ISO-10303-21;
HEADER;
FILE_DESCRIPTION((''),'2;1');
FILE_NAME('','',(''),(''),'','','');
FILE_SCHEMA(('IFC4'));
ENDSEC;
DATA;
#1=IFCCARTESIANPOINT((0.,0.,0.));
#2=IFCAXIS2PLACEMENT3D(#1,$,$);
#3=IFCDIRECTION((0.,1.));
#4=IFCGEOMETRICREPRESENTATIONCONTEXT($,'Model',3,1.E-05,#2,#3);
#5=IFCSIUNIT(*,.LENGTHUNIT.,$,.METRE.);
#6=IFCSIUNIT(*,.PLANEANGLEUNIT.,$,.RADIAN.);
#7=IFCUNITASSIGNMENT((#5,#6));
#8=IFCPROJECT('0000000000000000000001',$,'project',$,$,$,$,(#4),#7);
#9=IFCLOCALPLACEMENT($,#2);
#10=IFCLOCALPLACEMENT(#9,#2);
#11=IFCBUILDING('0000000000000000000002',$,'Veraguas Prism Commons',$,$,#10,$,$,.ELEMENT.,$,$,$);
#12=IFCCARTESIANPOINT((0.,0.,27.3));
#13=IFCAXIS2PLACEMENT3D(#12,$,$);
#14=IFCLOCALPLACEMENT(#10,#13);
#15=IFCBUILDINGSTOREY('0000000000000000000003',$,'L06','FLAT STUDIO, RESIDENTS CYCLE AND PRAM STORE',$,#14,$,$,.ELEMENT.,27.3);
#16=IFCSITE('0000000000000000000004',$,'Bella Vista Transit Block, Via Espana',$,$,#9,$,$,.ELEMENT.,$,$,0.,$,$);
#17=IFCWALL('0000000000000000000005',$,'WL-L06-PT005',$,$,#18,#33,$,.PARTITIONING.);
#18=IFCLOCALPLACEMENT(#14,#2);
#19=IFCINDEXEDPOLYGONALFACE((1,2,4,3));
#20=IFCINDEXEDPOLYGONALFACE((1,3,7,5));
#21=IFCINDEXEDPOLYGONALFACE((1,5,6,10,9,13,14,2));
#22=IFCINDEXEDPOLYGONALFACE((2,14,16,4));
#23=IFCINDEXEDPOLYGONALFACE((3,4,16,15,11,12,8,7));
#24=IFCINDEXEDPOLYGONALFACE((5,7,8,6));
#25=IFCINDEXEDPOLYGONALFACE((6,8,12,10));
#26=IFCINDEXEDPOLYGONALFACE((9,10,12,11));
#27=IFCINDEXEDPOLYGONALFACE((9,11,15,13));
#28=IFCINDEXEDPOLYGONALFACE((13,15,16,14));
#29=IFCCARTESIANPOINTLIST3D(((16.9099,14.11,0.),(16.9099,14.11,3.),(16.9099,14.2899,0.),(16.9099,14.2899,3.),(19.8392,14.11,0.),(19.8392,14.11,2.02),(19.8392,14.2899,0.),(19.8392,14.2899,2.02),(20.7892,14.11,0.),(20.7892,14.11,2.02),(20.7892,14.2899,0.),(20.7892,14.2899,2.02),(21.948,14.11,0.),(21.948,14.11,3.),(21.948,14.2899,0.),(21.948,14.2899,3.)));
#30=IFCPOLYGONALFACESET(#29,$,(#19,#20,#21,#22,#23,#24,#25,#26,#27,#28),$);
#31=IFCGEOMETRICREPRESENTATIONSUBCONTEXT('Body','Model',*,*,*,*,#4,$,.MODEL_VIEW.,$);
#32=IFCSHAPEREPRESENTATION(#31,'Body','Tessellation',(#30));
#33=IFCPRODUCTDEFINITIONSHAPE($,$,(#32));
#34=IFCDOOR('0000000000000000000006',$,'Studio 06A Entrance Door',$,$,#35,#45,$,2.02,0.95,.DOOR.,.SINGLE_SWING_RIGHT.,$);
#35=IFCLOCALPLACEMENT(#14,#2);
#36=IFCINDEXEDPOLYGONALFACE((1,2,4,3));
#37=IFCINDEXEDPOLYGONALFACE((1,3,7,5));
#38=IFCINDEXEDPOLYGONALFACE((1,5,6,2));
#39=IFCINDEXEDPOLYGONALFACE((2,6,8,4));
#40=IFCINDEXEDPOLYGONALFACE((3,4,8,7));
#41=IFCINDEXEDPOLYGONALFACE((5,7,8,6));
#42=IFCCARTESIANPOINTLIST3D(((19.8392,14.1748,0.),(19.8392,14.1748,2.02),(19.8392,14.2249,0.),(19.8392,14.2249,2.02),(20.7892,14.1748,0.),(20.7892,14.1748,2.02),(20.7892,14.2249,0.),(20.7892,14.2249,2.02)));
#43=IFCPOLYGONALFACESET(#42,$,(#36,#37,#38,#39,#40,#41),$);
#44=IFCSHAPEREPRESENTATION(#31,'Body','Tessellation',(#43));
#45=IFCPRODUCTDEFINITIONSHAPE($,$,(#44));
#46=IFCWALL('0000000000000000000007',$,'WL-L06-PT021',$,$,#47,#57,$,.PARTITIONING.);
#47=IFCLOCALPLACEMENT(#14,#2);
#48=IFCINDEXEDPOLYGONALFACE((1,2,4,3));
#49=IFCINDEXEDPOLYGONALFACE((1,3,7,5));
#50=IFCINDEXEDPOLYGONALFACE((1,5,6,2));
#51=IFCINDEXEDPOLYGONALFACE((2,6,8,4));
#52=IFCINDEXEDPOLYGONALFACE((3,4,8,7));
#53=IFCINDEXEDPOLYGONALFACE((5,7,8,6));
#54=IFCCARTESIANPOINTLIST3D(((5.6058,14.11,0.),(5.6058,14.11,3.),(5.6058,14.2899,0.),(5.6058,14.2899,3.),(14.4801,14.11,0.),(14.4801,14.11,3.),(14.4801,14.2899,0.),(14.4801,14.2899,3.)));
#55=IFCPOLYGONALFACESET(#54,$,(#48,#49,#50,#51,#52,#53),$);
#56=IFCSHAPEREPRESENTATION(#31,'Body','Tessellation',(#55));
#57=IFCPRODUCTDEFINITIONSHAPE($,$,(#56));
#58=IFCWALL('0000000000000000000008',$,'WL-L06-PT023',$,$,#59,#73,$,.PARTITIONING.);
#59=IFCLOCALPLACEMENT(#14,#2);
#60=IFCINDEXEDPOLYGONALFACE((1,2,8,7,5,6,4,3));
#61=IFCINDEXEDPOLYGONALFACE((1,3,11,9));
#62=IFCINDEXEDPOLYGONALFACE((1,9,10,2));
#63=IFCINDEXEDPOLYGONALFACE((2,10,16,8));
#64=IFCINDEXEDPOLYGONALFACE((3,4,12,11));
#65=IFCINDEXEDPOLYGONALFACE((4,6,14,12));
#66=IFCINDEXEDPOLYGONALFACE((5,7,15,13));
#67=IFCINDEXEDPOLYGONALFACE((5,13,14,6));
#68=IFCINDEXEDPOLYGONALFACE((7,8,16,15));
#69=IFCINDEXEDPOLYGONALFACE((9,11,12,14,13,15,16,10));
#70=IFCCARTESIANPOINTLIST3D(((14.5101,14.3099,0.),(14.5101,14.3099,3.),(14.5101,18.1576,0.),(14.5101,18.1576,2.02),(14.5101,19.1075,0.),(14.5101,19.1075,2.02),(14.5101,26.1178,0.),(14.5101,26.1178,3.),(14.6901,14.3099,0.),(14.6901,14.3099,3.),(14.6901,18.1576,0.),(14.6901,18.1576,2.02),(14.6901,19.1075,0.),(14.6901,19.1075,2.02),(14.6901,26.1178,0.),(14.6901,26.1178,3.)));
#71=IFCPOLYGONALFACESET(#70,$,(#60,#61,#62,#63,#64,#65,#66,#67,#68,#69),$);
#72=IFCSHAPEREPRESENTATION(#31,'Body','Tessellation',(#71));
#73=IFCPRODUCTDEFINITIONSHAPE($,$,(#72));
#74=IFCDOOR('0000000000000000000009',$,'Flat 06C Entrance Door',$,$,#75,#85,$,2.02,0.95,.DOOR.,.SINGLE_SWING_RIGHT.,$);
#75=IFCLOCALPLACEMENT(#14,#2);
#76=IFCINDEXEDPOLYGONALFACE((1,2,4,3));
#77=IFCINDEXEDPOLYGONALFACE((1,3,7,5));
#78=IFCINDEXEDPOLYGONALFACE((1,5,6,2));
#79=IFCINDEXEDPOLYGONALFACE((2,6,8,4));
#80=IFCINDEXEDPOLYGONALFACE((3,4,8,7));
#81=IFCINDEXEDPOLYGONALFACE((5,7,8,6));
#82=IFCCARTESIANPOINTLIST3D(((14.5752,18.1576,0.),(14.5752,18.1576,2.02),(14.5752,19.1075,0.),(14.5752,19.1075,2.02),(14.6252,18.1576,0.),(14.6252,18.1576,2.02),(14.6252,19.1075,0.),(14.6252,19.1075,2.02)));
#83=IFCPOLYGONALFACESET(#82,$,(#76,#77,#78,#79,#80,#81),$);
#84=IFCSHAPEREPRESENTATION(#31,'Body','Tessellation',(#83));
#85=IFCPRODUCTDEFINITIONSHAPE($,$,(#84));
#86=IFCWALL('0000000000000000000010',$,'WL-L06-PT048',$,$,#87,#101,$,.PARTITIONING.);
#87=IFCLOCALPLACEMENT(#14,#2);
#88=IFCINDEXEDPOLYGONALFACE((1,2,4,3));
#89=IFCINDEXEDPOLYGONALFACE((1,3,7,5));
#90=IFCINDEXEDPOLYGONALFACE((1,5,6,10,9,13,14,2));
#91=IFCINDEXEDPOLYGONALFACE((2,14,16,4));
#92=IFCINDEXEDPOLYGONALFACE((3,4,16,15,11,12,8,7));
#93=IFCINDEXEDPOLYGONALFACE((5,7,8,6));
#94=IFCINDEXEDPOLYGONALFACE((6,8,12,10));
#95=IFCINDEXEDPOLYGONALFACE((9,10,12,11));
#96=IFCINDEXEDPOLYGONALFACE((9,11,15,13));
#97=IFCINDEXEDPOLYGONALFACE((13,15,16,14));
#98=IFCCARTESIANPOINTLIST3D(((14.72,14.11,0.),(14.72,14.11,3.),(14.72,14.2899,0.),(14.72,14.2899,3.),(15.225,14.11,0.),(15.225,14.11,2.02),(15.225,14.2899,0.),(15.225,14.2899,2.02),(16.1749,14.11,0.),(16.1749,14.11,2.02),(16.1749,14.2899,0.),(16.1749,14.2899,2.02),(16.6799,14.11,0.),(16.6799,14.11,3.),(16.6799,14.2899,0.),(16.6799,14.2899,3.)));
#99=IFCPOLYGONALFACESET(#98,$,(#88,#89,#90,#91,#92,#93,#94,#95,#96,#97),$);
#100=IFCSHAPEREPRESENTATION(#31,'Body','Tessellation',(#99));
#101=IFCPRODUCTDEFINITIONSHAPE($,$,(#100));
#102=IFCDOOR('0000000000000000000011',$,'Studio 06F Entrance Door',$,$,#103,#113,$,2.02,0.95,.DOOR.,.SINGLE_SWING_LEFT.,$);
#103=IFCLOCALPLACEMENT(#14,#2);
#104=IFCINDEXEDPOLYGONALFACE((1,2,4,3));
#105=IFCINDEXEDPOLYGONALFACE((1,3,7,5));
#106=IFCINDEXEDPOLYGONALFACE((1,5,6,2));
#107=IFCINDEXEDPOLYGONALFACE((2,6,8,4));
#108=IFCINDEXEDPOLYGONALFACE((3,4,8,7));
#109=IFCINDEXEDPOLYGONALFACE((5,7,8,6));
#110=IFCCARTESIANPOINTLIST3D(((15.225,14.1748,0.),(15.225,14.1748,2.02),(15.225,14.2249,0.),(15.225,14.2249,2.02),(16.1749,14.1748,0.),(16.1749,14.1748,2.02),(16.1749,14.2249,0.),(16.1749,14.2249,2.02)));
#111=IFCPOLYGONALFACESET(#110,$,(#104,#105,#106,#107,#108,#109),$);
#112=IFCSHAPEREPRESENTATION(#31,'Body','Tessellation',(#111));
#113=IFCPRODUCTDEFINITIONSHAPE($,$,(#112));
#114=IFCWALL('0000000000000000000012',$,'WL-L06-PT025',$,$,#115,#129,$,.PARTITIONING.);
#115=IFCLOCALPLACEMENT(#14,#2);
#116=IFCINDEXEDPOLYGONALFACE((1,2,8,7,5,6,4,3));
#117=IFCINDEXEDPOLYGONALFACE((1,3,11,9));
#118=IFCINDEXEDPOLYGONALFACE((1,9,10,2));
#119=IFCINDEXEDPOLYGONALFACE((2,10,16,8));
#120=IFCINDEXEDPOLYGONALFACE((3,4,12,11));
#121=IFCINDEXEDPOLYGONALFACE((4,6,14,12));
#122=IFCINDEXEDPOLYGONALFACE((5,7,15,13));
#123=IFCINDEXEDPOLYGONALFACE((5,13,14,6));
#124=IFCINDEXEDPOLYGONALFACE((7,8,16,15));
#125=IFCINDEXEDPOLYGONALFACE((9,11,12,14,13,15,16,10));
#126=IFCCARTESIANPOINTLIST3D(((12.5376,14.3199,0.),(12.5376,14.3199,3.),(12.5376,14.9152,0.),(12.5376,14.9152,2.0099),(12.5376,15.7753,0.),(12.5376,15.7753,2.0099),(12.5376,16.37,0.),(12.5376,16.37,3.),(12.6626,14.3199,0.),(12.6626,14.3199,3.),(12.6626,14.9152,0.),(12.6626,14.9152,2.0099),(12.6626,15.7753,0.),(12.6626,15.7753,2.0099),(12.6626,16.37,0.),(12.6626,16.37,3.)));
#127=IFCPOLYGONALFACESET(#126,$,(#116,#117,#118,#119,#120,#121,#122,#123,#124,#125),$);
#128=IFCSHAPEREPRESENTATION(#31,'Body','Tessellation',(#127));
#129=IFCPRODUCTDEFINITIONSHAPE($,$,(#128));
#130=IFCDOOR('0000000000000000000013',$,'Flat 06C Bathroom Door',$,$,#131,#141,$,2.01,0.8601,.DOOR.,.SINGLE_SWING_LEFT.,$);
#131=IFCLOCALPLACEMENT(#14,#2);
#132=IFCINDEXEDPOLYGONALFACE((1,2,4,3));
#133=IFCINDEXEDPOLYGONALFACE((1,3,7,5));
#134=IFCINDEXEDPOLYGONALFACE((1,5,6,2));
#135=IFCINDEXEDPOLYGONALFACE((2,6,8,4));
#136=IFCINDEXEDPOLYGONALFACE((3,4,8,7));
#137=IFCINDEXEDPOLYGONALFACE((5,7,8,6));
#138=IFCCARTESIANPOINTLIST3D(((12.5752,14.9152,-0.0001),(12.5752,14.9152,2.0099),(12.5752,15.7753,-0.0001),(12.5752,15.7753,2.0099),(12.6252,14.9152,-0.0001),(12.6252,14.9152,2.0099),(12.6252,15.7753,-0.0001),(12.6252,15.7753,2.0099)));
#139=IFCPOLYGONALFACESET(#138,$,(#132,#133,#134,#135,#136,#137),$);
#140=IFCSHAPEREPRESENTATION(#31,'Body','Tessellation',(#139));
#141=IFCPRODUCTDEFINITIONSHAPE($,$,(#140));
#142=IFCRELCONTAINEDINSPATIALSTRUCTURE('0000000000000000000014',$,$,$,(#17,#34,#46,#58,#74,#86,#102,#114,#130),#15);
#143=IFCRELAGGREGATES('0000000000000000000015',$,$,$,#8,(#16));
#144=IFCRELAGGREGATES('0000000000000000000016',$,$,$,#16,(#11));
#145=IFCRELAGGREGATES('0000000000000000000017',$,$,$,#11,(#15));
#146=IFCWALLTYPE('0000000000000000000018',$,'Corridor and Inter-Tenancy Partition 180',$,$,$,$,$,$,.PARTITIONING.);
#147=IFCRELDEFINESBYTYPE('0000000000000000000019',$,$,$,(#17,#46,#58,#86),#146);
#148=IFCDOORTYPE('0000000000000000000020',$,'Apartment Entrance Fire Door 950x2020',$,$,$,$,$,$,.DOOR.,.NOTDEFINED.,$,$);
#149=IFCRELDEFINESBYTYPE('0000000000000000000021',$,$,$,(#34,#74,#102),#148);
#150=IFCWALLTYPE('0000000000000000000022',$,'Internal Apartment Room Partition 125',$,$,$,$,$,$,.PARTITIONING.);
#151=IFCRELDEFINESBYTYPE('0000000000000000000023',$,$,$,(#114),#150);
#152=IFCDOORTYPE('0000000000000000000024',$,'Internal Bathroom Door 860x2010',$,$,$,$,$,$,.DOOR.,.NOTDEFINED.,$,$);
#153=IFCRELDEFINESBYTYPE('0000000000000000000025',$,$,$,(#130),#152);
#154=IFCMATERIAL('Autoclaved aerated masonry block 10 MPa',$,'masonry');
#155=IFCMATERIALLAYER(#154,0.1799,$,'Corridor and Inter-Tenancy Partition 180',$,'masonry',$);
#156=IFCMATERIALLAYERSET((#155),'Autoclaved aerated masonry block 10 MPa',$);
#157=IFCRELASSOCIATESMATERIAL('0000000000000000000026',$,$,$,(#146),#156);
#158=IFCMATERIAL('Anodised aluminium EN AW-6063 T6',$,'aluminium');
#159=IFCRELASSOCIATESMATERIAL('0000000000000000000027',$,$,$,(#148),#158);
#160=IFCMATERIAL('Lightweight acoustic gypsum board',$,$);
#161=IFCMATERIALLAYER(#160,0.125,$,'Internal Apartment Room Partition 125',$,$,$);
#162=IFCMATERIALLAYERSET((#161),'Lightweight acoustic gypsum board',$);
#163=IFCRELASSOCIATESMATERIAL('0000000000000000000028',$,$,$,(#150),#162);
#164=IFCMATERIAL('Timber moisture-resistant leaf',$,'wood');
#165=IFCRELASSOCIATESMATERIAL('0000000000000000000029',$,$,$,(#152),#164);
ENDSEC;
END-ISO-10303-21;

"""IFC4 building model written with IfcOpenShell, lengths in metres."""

from ifc_helpers import new_model, si_unit, direction, frame, frame_2d, origin, place, context, subcontext, project, spatial, rectangle, extrude, source, transform, mapped, material, layer, layer_set, type_object, element, fill, save


model = new_model("IFC4")

# Units and contexts
model_context = context("Model", 3, precision=1e-05, world=origin(), true_north=direction((0.0, 1.0)))
body_context = subcontext(model_context, "Body", "Model", "MODEL_VIEW")
ifc_project = project(units=[si_unit("LENGTHUNIT", "METRE"), si_unit("PLANEANGLEUNIT", "RADIAN")], contexts=[model_context])

# Site, building, storey
site_placement = place(None, origin())
site = spatial("IfcSite", under=ifc_project, at=site_placement, Name="Bella Vista Transit Block, Via Espana", CompositionType="ELEMENT", RefElevation=0.0)
building_placement = place(site_placement, origin())
building = spatial("IfcBuilding", under=site, at=building_placement, Name="Veraguas Prism Commons", CompositionType="ELEMENT")
storey_placement = place(building_placement, frame((0.0, 0.0, 27.3)))
storey = spatial("IfcBuildingStorey", under=building, at=storey_placement, Name="L06", Description="FLAT STUDIO, RESIDENTS CYCLE AND PRAM STORE", CompositionType="ELEMENT", Elevation=27.3)

# Wall, opening, door
ifc_material_1 = material(Name="Autoclaved aerated masonry block 10 MPa", Category="masonry")
ifc_layer_1 = layer(ifc_material_1, 0.1799, Name="Corridor and Inter-Tenancy Partition 180", Category="masonry")
ifc_layer_set_1 = layer_set([ifc_layer_1], Name="Autoclaved aerated masonry block 10 MPa")
wall_type_1 = type_object("IfcWallType", Name="Corridor and Inter-Tenancy Partition 180", PredefinedType="PARTITIONING", material=ifc_layer_set_1)
wall_1_placement = place(storey_placement, frame((16.9099, 14.2, 0.0), z_axis=(0.0, 0.0, 1.0), x_axis=(1.0, 0.0, 0.0)))
wall_1 = element("IfcWall", 1, at=wall_1_placement, inside=storey, type_object=wall_type_1, Name="WL-L06-PT005", PredefinedType="PARTITIONING", context=body_context, shape_type="SweptSolid", body=[
    extrude(rectangle(XDim=5.0381, YDim=0.1799, at=frame_2d((2.519, 0.0))), origin(), (0.0, 0.0, 1.0), 3.0),
])
opening_1_placement = place(wall_1_placement, frame((2.9292, 0.0, 0.0)))
opening_1 = element("IfcOpeningElement", 2, at=opening_1_placement, cuts=wall_1, PredefinedType="OPENING", context=body_context, shape_type="SweptSolid", body=[
    extrude(rectangle(XDim=0.95, YDim=2.02, at=frame_2d((0.4751, 1.01))), frame((0.0, 0.0999, 0.0), z_axis=(0.0, -1.0, 0.0), x_axis=(1.0, 0.0, 0.0)), (0.0, 0.0, 1.0), 0.2),
])
ifc_material_2 = material(Name="Anodised aluminium EN AW-6063 T6", Category="aluminium")
door_type_1 = type_object("IfcDoorType", Name="Apartment Entrance Fire Door 950x2020", OperationType="NOTDEFINED", PredefinedType="DOOR", material=ifc_material_2)
shared_shape_1 = source(origin(), body_context, "Body", "SweptSolid", [
    extrude(rectangle(XDim=0.95, YDim=2.02, at=frame_2d((0.4751, 1.01))), frame((0.0, 0.0249, 0.0), z_axis=(0.0, -1.0, 0.0), x_axis=(1.0, 0.0, 0.0)), (0.0, 0.0, 1.0), 0.05),
])
door_1_placement = place(opening_1_placement, origin())
door_1 = element("IfcDoor", 3, at=door_1_placement, inside=storey, type_object=door_type_1, Name="Studio 06A Entrance Door", OperationType="SINGLE_SWING_RIGHT", OverallHeight=2.02, OverallWidth=0.95, PredefinedType="DOOR", context=body_context, shape_type="MappedRepresentation", body=[
    mapped(shared_shape_1, transform((0.0, 0.0, 0.0), scale=1.0)),
])
fill(opening_1, door_1)

# Wall
wall_2_placement = place(storey_placement, frame((14.48, 14.2, 0.0), z_axis=(0.0, 0.0, 1.0), x_axis=(-1.0, 0.0, 0.0)))
element("IfcWall", 4, at=wall_2_placement, inside=storey, type_object=wall_type_1, Name="WL-L06-PT021", PredefinedType="PARTITIONING", context=body_context, shape_type="SweptSolid", body=[
    extrude(rectangle(XDim=8.8743, YDim=0.1799, at=frame_2d((4.437, 0.0))), origin(), (0.0, 0.0, 1.0), 3.0),
])

# Walls, openings, doors
wall_3_placement = place(storey_placement, frame((14.6001, 14.3101, 0.0), z_axis=(0.0, 0.0, 1.0), x_axis=(0.0, 1.0, 0.0)))
wall_3 = element("IfcWall", 5, at=wall_3_placement, inside=storey, type_object=wall_type_1, Name="WL-L06-PT023", PredefinedType="PARTITIONING", context=body_context, shape_type="SweptSolid", body=[
    extrude(rectangle(XDim=11.8079, YDim=0.1799, at=frame_2d((5.9038, 0.0))), origin(), (0.0, 0.0, 1.0), 3.0),
])
opening_2_placement = place(wall_3_placement, frame((3.8474, 0.0, 0.0)))
opening_2 = element("IfcOpeningElement", 6, at=opening_2_placement, cuts=wall_3, PredefinedType="OPENING", context=body_context, shape_type="SweptSolid", body=[
    extrude(rectangle(XDim=0.95, YDim=2.02, at=frame_2d((0.4751, 1.01))), frame((0.0, 0.0999, 0.0), z_axis=(0.0, -1.0, 0.0), x_axis=(1.0, 0.0, 0.0)), (0.0, 0.0, 1.0), 0.2),
])
door_2_placement = place(opening_2_placement, origin())
door_2 = element("IfcDoor", 7, at=door_2_placement, inside=storey, type_object=door_type_1, Name="Flat 06C Entrance Door", OperationType="SINGLE_SWING_RIGHT", OverallHeight=2.02, OverallWidth=0.95, PredefinedType="DOOR", context=body_context, shape_type="MappedRepresentation", body=[
    mapped(shared_shape_1, transform((0.0, 0.0, 0.0), scale=1.0)),
])
fill(opening_2, door_2)
wall_4_placement = place(storey_placement, frame((14.72, 14.2, 0.0), z_axis=(0.0, 0.0, 1.0), x_axis=(1.0, 0.0, 0.0)))
wall_4 = element("IfcWall", 8, at=wall_4_placement, inside=storey, type_object=wall_type_1, Name="WL-L06-PT048", PredefinedType="PARTITIONING", context=body_context, shape_type="SweptSolid", body=[
    extrude(rectangle(XDim=1.96, YDim=0.1799, at=frame_2d((0.98, 0.0))), origin(), (0.0, 0.0, 1.0), 3.0),
])
opening_3_placement = place(wall_4_placement, frame((0.5049, 0.0, 0.0)))
opening_3 = element("IfcOpeningElement", 9, at=opening_3_placement, cuts=wall_4, PredefinedType="OPENING", context=body_context, shape_type="SweptSolid", body=[
    extrude(rectangle(XDim=0.95, YDim=2.02, at=frame_2d((0.4751, 1.01))), frame((0.0, 0.0999, 0.0), z_axis=(0.0, -1.0, 0.0), x_axis=(1.0, 0.0, 0.0)), (0.0, 0.0, 1.0), 0.2),
])
door_3_placement = place(opening_3_placement, origin())
door_3 = element("IfcDoor", 10, at=door_3_placement, inside=storey, type_object=door_type_1, Name="Studio 06F Entrance Door", OperationType="SINGLE_SWING_LEFT", OverallHeight=2.02, OverallWidth=0.95, PredefinedType="DOOR", context=body_context, shape_type="MappedRepresentation", body=[
    mapped(shared_shape_1, transform((0.0, 0.0, 0.0), scale=1.0)),
])
fill(opening_3, door_3)
ifc_material_3 = material(Name="Lightweight acoustic gypsum board")
ifc_layer_2 = layer(ifc_material_3, 0.125, Name="Internal Apartment Room Partition 125")
ifc_layer_set_2 = layer_set([ifc_layer_2], Name="Lightweight acoustic gypsum board")
wall_type_2 = type_object("IfcWallType", Name="Internal Apartment Room Partition 125", PredefinedType="PARTITIONING", material=ifc_layer_set_2)
wall_5_placement = place(storey_placement, frame((12.6001, 14.3201, 0.0), z_axis=(0.0, 0.0, 1.0), x_axis=(0.0, 1.0, 0.0)))
wall_5 = element("IfcWall", 11, at=wall_5_placement, inside=storey, type_object=wall_type_2, Name="WL-L06-PT025", PredefinedType="PARTITIONING", context=body_context, shape_type="SweptSolid", body=[
    extrude(rectangle(XDim=2.05, YDim=0.125, at=frame_2d((1.0249, 0.0))), origin(), (0.0, 0.0, 1.0), 3.0),
])
opening_4_placement = place(wall_5_placement, frame((0.595, 0.0, 0.0)))
opening_4 = element("IfcOpeningElement", 12, at=opening_4_placement, cuts=wall_5, PredefinedType="OPENING", context=body_context, shape_type="SweptSolid", body=[
    extrude(rectangle(XDim=0.8601, YDim=2.01, at=frame_2d((0.4302, 1.0049))), frame((0.0, 0.0725, 0.0), z_axis=(0.0, -1.0, 0.0), x_axis=(1.0, 0.0, 0.0)), (0.0, 0.0, 1.0), 0.145),
])
ifc_material_4 = material(Name="Timber moisture-resistant leaf", Category="wood")
door_type_2 = type_object("IfcDoorType", Name="Internal Bathroom Door 860x2010", OperationType="NOTDEFINED", PredefinedType="DOOR", material=ifc_material_4)
shared_shape_2 = source(origin(), body_context, "Body", "SweptSolid", [
    extrude(rectangle(XDim=0.8601, YDim=2.01, at=frame_2d((0.4302, 1.0049))), frame((0.0, 0.0249, 0.0), z_axis=(0.0, -1.0, 0.0), x_axis=(1.0, 0.0, 0.0)), (0.0, 0.0, 1.0), 0.05),
])
door_4_placement = place(opening_4_placement, origin())
door_4 = element("IfcDoor", 13, at=door_4_placement, inside=storey, type_object=door_type_2, Name="Flat 06C Bathroom Door", OperationType="SINGLE_SWING_LEFT", OverallHeight=2.01, OverallWidth=0.8601, PredefinedType="DOOR", context=body_context, shape_type="MappedRepresentation", body=[
    mapped(shared_shape_2, transform((0.0, 0.0, 0.0), scale=1.0)),
])
fill(opening_4, door_4)

save(model, "model.ifc")
